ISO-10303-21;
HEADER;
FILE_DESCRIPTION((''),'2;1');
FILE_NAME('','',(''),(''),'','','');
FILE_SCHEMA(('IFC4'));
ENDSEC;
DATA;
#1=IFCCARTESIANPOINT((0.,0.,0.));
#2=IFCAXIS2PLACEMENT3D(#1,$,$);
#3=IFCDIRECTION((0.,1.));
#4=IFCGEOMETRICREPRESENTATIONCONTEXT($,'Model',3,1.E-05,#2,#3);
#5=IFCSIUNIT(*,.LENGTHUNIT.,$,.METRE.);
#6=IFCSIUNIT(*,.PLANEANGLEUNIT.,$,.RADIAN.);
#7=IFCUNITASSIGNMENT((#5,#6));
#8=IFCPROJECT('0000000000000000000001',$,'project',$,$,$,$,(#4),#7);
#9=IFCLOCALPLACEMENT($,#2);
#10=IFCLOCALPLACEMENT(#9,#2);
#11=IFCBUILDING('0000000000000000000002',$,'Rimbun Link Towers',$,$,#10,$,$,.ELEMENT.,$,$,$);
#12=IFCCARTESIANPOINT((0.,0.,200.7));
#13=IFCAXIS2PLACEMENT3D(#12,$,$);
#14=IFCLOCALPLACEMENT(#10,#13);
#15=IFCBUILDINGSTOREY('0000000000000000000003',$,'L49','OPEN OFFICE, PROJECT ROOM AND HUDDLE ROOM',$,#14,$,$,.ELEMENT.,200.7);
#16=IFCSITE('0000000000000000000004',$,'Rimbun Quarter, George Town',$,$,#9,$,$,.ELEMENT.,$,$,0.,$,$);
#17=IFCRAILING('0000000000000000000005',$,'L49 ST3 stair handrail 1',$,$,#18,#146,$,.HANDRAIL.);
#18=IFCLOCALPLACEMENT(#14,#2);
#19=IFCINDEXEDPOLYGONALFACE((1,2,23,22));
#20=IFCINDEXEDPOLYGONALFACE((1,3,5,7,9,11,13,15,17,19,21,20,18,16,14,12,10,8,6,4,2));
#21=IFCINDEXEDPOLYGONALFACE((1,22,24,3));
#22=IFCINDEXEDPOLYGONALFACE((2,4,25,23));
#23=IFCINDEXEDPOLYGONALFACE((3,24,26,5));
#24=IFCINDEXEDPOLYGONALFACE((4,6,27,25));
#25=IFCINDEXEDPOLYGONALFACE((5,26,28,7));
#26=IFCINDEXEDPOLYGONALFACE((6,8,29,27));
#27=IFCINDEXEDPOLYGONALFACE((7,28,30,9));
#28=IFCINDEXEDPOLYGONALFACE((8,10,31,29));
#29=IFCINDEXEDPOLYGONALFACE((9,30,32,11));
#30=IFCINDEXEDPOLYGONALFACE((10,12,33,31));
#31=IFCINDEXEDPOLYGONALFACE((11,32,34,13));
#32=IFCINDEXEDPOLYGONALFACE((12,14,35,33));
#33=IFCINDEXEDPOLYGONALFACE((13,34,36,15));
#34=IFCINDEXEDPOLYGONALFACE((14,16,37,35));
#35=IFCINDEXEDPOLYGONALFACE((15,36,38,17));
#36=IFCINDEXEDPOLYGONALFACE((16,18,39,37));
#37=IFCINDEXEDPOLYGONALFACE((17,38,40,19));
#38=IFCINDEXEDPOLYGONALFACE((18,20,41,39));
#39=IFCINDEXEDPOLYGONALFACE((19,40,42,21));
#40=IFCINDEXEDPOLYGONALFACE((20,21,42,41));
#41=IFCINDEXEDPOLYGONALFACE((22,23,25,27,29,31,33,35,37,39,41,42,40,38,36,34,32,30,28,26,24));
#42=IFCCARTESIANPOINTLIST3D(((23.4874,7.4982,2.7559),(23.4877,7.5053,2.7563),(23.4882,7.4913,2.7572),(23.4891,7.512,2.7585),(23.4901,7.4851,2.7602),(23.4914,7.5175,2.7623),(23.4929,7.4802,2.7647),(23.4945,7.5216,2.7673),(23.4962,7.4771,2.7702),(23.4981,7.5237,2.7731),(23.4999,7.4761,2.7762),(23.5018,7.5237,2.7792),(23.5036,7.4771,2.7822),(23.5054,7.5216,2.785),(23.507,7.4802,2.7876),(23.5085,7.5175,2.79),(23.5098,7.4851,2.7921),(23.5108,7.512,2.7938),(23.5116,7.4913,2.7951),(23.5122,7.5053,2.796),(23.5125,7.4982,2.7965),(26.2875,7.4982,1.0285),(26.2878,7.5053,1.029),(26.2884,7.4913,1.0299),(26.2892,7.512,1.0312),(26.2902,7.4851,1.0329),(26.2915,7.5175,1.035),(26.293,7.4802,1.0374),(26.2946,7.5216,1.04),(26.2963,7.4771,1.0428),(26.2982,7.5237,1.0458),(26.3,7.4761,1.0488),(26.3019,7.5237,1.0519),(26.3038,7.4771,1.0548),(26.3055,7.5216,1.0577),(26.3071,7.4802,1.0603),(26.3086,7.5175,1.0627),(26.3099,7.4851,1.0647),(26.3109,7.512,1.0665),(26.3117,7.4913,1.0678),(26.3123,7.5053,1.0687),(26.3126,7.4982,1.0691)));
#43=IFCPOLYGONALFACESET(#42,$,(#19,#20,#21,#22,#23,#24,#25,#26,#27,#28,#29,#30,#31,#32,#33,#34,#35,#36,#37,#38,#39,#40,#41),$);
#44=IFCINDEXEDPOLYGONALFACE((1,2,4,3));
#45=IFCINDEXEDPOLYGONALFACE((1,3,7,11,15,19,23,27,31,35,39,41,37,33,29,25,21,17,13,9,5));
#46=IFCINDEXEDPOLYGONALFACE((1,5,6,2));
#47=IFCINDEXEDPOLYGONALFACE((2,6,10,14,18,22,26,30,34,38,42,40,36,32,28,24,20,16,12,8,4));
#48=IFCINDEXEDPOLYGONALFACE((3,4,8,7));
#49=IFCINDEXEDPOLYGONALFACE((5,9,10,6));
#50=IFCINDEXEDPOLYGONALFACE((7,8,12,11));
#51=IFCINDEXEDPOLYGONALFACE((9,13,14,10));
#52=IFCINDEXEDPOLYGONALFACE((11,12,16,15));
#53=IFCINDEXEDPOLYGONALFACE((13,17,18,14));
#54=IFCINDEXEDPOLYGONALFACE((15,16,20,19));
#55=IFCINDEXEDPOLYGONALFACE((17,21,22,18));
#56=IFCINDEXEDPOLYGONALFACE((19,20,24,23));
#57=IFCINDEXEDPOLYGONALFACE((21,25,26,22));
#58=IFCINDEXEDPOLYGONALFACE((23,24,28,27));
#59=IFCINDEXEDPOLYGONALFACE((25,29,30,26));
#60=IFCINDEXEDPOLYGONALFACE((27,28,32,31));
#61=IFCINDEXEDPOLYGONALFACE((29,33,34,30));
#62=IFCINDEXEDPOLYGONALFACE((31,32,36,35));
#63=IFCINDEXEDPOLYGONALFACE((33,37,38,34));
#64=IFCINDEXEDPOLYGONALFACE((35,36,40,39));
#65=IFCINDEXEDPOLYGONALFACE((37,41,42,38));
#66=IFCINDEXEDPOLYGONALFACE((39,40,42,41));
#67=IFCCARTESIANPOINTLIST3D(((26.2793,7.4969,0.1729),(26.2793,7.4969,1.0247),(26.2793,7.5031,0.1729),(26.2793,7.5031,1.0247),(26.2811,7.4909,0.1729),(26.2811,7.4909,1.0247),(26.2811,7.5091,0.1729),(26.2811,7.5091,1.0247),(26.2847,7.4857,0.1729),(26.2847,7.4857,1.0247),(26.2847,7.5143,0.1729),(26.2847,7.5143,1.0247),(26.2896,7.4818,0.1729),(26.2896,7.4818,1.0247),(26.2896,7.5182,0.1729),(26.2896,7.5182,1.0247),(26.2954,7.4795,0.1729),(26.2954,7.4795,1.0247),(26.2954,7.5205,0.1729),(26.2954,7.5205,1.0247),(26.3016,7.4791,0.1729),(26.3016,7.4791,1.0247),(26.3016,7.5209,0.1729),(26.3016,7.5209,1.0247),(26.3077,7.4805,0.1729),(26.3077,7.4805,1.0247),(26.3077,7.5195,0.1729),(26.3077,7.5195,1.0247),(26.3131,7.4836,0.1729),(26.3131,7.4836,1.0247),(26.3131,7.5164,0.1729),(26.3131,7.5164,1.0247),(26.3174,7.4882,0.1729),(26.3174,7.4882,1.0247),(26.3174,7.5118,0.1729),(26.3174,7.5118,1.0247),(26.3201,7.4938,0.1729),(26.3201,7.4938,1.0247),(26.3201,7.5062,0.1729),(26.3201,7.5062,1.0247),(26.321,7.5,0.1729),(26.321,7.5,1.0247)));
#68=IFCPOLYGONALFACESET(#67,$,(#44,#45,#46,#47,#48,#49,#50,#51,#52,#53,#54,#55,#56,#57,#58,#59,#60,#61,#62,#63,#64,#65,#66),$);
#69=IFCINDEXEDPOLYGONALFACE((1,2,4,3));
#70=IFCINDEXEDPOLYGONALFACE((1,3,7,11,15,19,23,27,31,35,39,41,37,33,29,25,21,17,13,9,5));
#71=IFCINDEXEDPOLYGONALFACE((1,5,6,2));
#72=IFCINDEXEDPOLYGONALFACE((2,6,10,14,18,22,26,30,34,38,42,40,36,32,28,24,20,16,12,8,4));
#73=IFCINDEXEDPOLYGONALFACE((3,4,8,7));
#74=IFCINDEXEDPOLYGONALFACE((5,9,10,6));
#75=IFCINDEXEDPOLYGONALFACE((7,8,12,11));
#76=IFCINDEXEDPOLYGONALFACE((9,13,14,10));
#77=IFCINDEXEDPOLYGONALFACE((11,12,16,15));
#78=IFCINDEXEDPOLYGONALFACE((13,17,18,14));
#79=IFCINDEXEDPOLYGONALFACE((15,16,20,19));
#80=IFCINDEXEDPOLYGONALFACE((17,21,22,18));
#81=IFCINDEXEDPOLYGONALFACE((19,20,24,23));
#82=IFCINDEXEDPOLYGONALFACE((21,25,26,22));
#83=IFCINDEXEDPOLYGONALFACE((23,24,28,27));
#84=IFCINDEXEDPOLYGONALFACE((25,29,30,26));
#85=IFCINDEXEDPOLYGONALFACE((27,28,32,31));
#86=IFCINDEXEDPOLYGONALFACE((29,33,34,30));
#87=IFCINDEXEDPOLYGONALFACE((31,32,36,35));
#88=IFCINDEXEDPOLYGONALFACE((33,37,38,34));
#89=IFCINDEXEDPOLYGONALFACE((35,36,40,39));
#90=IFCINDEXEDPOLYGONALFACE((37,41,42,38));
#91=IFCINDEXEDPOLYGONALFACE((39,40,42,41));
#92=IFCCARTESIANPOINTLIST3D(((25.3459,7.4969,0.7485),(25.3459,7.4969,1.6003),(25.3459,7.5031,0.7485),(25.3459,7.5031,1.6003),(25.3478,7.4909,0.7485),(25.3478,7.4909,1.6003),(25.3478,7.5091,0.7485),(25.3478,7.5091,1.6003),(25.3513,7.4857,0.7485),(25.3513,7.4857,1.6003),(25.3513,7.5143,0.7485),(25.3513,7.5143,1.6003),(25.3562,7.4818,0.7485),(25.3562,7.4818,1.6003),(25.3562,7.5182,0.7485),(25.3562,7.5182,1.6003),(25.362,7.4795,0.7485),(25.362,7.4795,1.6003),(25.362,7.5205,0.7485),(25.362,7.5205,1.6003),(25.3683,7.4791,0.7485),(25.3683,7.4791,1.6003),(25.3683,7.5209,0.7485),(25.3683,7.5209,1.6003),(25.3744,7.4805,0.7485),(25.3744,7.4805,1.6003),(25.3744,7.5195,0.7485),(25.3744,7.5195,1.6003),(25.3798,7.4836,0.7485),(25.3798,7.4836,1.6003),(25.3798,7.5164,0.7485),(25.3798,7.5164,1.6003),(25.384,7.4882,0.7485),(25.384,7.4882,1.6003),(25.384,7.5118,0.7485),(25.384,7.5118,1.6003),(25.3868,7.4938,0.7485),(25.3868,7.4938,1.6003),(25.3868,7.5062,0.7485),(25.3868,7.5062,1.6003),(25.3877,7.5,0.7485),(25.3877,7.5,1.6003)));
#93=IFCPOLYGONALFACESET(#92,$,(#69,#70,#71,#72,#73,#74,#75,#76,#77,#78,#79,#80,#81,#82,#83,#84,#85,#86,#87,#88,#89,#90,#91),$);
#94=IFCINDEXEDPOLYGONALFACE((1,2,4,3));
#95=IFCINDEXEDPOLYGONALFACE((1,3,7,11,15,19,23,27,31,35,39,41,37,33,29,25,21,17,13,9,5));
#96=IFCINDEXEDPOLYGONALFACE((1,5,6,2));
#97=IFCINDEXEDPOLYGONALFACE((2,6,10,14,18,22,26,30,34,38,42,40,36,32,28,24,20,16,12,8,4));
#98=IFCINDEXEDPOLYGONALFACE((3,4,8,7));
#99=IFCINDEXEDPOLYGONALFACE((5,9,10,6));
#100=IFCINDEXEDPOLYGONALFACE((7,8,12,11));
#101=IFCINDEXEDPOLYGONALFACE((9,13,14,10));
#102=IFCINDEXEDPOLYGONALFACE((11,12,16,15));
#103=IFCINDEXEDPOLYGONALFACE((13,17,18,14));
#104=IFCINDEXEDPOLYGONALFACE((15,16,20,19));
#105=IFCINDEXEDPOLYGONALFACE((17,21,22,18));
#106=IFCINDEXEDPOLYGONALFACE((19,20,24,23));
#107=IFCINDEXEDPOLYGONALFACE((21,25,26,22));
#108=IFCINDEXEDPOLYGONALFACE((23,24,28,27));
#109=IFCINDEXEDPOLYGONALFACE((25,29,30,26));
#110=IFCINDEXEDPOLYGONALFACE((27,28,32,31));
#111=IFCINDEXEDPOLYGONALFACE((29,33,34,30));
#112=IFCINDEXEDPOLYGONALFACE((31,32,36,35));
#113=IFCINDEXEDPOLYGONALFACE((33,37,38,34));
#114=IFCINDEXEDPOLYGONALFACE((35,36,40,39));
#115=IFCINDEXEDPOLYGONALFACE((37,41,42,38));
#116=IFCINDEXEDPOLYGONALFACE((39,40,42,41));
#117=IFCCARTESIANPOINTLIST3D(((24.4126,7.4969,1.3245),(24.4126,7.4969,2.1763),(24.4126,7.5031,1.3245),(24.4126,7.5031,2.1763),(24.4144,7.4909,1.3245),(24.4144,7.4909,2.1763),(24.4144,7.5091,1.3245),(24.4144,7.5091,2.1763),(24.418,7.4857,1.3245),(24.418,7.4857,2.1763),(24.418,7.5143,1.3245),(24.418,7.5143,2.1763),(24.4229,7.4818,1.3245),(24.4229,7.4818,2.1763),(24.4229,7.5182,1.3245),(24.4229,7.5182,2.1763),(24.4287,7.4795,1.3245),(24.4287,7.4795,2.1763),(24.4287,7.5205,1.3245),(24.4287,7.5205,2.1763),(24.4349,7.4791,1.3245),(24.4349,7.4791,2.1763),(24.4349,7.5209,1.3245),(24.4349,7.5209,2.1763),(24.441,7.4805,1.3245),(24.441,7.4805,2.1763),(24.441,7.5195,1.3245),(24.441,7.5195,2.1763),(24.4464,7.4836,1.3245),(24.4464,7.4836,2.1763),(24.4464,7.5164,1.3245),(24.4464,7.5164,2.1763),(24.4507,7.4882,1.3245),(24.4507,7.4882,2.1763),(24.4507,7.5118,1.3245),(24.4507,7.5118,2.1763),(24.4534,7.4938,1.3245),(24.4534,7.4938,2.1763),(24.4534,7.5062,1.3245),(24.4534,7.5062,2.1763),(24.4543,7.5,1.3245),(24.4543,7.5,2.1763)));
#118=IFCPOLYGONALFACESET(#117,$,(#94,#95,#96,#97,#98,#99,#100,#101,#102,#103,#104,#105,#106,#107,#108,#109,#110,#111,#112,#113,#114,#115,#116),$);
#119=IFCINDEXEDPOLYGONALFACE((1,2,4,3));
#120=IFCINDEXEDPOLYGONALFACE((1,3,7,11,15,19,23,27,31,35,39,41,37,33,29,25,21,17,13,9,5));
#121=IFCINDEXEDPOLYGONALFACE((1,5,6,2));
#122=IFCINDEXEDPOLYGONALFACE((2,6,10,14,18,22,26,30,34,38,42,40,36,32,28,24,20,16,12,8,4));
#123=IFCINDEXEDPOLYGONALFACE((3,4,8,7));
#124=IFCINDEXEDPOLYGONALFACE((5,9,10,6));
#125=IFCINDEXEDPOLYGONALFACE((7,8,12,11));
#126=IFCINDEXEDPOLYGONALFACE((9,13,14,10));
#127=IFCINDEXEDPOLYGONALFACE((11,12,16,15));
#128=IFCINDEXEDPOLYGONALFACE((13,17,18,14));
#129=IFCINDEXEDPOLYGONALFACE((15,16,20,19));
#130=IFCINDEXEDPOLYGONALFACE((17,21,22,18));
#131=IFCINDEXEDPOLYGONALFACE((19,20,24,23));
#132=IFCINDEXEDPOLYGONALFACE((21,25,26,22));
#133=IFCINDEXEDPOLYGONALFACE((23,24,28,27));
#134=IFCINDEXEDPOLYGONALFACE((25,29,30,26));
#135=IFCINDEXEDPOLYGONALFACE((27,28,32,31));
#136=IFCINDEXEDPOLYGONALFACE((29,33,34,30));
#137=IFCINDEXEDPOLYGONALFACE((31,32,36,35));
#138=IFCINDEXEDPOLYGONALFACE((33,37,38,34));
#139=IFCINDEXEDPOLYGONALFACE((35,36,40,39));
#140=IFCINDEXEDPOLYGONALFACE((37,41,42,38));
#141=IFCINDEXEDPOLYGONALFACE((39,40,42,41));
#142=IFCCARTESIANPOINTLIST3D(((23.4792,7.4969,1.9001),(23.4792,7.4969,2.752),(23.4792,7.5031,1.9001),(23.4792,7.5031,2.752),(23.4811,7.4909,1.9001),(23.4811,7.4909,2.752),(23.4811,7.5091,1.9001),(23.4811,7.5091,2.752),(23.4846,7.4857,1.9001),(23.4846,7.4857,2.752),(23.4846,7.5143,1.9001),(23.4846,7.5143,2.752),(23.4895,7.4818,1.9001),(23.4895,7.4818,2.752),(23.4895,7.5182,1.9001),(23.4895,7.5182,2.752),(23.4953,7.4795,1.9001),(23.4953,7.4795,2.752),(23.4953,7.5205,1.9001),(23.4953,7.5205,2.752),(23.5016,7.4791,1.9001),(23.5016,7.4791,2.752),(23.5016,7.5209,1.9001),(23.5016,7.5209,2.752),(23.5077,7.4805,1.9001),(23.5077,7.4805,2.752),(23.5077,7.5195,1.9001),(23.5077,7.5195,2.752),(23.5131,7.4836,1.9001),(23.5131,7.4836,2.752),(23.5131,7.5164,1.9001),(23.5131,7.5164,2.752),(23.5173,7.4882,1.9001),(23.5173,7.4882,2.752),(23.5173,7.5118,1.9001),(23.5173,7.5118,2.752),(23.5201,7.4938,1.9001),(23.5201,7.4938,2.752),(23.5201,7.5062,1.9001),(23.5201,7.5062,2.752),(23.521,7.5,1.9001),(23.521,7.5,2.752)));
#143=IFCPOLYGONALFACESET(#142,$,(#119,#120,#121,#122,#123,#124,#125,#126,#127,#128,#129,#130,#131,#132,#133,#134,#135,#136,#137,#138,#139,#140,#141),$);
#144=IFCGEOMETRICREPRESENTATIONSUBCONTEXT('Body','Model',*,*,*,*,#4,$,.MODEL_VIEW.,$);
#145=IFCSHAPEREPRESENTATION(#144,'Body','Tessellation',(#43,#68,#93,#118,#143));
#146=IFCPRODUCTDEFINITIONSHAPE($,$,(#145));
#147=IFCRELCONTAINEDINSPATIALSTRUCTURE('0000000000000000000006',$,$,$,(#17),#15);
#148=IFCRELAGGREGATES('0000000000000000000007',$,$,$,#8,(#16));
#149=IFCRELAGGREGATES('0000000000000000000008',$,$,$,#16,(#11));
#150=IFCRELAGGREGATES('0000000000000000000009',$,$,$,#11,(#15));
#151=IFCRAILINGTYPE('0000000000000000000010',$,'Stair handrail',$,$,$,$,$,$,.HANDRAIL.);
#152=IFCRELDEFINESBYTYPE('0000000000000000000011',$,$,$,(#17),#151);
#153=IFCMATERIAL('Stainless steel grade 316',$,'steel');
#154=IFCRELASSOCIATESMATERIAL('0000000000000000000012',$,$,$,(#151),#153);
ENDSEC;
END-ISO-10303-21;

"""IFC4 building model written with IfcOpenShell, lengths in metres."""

from ifc_helpers import new_model, si_unit, direction, frame, origin, origin_2d, place, context, subcontext, project, spatial, circle, extrude, material, type_object, element, save


model = new_model("IFC4")

# Units and contexts
model_context = context("Model", 3, precision=1e-05, world=origin(), true_north=direction((0.0, 1.0)))
body_context = subcontext(model_context, "Body", "Model", "MODEL_VIEW")
ifc_project = project(units=[si_unit("LENGTHUNIT", "METRE"), si_unit("PLANEANGLEUNIT", "RADIAN")], contexts=[model_context])

# Site, building, storey
site_placement = place(None, origin())
site = spatial("IfcSite", under=ifc_project, at=site_placement, Name="Rimbun Quarter, George Town", CompositionType="ELEMENT", RefElevation=0.0)
building_placement = place(site_placement, origin())
building = spatial("IfcBuilding", under=site, at=building_placement, Name="Rimbun Link Towers", CompositionType="ELEMENT")
storey_placement = place(building_placement, frame((0.0, 0.0, 200.7)))
storey = spatial("IfcBuildingStorey", under=building, at=storey_placement, Name="L49", Description="OPEN OFFICE, PROJECT ROOM AND HUDDLE ROOM", CompositionType="ELEMENT", Elevation=200.7)

# Railing
ifc_material_1 = material(Name="Stainless steel grade 316", Category="steel")
railing_type_1 = type_object("IfcRailingType", Name="Stair handrail", PredefinedType="HANDRAIL", material=ifc_material_1)
railing_1_placement = place(storey_placement, frame((26.3, 7.5, 0.1729)))
element("IfcRailing", 1, at=railing_1_placement, inside=storey, type_object=railing_type_1, Name="L49 ST3 stair handrail 1", PredefinedType="HANDRAIL", context=body_context, shape_type="SweptSolid", body=[
    extrude(circle(Radius=0.0239, at=origin_2d()), frame((0.0, 0.0, 0.876), z_axis=(-0.85109, 0.0, 0.52502), x_axis=(0.0, -1.0, 0.0)), (0.0, 0.0, 1.0), 3.29),
    extrude(circle(Radius=0.021, at=origin_2d()), origin(), (0.0, 0.0, 1.0), 0.8518),
    extrude(circle(Radius=0.021, at=origin_2d()), frame((-0.9333, 0.0, 0.5757)), (0.0, 0.0, 1.0), 0.8518),
    extrude(circle(Radius=0.021, at=origin_2d()), frame((-1.8667, 0.0, 1.1516)), (0.0, 0.0, 1.0), 0.8518),
    extrude(circle(Radius=0.021, at=origin_2d()), frame((-2.8, 0.0, 1.7273)), (0.0, 0.0, 1.0), 0.8518),
])

save(model, "model.ifc")
